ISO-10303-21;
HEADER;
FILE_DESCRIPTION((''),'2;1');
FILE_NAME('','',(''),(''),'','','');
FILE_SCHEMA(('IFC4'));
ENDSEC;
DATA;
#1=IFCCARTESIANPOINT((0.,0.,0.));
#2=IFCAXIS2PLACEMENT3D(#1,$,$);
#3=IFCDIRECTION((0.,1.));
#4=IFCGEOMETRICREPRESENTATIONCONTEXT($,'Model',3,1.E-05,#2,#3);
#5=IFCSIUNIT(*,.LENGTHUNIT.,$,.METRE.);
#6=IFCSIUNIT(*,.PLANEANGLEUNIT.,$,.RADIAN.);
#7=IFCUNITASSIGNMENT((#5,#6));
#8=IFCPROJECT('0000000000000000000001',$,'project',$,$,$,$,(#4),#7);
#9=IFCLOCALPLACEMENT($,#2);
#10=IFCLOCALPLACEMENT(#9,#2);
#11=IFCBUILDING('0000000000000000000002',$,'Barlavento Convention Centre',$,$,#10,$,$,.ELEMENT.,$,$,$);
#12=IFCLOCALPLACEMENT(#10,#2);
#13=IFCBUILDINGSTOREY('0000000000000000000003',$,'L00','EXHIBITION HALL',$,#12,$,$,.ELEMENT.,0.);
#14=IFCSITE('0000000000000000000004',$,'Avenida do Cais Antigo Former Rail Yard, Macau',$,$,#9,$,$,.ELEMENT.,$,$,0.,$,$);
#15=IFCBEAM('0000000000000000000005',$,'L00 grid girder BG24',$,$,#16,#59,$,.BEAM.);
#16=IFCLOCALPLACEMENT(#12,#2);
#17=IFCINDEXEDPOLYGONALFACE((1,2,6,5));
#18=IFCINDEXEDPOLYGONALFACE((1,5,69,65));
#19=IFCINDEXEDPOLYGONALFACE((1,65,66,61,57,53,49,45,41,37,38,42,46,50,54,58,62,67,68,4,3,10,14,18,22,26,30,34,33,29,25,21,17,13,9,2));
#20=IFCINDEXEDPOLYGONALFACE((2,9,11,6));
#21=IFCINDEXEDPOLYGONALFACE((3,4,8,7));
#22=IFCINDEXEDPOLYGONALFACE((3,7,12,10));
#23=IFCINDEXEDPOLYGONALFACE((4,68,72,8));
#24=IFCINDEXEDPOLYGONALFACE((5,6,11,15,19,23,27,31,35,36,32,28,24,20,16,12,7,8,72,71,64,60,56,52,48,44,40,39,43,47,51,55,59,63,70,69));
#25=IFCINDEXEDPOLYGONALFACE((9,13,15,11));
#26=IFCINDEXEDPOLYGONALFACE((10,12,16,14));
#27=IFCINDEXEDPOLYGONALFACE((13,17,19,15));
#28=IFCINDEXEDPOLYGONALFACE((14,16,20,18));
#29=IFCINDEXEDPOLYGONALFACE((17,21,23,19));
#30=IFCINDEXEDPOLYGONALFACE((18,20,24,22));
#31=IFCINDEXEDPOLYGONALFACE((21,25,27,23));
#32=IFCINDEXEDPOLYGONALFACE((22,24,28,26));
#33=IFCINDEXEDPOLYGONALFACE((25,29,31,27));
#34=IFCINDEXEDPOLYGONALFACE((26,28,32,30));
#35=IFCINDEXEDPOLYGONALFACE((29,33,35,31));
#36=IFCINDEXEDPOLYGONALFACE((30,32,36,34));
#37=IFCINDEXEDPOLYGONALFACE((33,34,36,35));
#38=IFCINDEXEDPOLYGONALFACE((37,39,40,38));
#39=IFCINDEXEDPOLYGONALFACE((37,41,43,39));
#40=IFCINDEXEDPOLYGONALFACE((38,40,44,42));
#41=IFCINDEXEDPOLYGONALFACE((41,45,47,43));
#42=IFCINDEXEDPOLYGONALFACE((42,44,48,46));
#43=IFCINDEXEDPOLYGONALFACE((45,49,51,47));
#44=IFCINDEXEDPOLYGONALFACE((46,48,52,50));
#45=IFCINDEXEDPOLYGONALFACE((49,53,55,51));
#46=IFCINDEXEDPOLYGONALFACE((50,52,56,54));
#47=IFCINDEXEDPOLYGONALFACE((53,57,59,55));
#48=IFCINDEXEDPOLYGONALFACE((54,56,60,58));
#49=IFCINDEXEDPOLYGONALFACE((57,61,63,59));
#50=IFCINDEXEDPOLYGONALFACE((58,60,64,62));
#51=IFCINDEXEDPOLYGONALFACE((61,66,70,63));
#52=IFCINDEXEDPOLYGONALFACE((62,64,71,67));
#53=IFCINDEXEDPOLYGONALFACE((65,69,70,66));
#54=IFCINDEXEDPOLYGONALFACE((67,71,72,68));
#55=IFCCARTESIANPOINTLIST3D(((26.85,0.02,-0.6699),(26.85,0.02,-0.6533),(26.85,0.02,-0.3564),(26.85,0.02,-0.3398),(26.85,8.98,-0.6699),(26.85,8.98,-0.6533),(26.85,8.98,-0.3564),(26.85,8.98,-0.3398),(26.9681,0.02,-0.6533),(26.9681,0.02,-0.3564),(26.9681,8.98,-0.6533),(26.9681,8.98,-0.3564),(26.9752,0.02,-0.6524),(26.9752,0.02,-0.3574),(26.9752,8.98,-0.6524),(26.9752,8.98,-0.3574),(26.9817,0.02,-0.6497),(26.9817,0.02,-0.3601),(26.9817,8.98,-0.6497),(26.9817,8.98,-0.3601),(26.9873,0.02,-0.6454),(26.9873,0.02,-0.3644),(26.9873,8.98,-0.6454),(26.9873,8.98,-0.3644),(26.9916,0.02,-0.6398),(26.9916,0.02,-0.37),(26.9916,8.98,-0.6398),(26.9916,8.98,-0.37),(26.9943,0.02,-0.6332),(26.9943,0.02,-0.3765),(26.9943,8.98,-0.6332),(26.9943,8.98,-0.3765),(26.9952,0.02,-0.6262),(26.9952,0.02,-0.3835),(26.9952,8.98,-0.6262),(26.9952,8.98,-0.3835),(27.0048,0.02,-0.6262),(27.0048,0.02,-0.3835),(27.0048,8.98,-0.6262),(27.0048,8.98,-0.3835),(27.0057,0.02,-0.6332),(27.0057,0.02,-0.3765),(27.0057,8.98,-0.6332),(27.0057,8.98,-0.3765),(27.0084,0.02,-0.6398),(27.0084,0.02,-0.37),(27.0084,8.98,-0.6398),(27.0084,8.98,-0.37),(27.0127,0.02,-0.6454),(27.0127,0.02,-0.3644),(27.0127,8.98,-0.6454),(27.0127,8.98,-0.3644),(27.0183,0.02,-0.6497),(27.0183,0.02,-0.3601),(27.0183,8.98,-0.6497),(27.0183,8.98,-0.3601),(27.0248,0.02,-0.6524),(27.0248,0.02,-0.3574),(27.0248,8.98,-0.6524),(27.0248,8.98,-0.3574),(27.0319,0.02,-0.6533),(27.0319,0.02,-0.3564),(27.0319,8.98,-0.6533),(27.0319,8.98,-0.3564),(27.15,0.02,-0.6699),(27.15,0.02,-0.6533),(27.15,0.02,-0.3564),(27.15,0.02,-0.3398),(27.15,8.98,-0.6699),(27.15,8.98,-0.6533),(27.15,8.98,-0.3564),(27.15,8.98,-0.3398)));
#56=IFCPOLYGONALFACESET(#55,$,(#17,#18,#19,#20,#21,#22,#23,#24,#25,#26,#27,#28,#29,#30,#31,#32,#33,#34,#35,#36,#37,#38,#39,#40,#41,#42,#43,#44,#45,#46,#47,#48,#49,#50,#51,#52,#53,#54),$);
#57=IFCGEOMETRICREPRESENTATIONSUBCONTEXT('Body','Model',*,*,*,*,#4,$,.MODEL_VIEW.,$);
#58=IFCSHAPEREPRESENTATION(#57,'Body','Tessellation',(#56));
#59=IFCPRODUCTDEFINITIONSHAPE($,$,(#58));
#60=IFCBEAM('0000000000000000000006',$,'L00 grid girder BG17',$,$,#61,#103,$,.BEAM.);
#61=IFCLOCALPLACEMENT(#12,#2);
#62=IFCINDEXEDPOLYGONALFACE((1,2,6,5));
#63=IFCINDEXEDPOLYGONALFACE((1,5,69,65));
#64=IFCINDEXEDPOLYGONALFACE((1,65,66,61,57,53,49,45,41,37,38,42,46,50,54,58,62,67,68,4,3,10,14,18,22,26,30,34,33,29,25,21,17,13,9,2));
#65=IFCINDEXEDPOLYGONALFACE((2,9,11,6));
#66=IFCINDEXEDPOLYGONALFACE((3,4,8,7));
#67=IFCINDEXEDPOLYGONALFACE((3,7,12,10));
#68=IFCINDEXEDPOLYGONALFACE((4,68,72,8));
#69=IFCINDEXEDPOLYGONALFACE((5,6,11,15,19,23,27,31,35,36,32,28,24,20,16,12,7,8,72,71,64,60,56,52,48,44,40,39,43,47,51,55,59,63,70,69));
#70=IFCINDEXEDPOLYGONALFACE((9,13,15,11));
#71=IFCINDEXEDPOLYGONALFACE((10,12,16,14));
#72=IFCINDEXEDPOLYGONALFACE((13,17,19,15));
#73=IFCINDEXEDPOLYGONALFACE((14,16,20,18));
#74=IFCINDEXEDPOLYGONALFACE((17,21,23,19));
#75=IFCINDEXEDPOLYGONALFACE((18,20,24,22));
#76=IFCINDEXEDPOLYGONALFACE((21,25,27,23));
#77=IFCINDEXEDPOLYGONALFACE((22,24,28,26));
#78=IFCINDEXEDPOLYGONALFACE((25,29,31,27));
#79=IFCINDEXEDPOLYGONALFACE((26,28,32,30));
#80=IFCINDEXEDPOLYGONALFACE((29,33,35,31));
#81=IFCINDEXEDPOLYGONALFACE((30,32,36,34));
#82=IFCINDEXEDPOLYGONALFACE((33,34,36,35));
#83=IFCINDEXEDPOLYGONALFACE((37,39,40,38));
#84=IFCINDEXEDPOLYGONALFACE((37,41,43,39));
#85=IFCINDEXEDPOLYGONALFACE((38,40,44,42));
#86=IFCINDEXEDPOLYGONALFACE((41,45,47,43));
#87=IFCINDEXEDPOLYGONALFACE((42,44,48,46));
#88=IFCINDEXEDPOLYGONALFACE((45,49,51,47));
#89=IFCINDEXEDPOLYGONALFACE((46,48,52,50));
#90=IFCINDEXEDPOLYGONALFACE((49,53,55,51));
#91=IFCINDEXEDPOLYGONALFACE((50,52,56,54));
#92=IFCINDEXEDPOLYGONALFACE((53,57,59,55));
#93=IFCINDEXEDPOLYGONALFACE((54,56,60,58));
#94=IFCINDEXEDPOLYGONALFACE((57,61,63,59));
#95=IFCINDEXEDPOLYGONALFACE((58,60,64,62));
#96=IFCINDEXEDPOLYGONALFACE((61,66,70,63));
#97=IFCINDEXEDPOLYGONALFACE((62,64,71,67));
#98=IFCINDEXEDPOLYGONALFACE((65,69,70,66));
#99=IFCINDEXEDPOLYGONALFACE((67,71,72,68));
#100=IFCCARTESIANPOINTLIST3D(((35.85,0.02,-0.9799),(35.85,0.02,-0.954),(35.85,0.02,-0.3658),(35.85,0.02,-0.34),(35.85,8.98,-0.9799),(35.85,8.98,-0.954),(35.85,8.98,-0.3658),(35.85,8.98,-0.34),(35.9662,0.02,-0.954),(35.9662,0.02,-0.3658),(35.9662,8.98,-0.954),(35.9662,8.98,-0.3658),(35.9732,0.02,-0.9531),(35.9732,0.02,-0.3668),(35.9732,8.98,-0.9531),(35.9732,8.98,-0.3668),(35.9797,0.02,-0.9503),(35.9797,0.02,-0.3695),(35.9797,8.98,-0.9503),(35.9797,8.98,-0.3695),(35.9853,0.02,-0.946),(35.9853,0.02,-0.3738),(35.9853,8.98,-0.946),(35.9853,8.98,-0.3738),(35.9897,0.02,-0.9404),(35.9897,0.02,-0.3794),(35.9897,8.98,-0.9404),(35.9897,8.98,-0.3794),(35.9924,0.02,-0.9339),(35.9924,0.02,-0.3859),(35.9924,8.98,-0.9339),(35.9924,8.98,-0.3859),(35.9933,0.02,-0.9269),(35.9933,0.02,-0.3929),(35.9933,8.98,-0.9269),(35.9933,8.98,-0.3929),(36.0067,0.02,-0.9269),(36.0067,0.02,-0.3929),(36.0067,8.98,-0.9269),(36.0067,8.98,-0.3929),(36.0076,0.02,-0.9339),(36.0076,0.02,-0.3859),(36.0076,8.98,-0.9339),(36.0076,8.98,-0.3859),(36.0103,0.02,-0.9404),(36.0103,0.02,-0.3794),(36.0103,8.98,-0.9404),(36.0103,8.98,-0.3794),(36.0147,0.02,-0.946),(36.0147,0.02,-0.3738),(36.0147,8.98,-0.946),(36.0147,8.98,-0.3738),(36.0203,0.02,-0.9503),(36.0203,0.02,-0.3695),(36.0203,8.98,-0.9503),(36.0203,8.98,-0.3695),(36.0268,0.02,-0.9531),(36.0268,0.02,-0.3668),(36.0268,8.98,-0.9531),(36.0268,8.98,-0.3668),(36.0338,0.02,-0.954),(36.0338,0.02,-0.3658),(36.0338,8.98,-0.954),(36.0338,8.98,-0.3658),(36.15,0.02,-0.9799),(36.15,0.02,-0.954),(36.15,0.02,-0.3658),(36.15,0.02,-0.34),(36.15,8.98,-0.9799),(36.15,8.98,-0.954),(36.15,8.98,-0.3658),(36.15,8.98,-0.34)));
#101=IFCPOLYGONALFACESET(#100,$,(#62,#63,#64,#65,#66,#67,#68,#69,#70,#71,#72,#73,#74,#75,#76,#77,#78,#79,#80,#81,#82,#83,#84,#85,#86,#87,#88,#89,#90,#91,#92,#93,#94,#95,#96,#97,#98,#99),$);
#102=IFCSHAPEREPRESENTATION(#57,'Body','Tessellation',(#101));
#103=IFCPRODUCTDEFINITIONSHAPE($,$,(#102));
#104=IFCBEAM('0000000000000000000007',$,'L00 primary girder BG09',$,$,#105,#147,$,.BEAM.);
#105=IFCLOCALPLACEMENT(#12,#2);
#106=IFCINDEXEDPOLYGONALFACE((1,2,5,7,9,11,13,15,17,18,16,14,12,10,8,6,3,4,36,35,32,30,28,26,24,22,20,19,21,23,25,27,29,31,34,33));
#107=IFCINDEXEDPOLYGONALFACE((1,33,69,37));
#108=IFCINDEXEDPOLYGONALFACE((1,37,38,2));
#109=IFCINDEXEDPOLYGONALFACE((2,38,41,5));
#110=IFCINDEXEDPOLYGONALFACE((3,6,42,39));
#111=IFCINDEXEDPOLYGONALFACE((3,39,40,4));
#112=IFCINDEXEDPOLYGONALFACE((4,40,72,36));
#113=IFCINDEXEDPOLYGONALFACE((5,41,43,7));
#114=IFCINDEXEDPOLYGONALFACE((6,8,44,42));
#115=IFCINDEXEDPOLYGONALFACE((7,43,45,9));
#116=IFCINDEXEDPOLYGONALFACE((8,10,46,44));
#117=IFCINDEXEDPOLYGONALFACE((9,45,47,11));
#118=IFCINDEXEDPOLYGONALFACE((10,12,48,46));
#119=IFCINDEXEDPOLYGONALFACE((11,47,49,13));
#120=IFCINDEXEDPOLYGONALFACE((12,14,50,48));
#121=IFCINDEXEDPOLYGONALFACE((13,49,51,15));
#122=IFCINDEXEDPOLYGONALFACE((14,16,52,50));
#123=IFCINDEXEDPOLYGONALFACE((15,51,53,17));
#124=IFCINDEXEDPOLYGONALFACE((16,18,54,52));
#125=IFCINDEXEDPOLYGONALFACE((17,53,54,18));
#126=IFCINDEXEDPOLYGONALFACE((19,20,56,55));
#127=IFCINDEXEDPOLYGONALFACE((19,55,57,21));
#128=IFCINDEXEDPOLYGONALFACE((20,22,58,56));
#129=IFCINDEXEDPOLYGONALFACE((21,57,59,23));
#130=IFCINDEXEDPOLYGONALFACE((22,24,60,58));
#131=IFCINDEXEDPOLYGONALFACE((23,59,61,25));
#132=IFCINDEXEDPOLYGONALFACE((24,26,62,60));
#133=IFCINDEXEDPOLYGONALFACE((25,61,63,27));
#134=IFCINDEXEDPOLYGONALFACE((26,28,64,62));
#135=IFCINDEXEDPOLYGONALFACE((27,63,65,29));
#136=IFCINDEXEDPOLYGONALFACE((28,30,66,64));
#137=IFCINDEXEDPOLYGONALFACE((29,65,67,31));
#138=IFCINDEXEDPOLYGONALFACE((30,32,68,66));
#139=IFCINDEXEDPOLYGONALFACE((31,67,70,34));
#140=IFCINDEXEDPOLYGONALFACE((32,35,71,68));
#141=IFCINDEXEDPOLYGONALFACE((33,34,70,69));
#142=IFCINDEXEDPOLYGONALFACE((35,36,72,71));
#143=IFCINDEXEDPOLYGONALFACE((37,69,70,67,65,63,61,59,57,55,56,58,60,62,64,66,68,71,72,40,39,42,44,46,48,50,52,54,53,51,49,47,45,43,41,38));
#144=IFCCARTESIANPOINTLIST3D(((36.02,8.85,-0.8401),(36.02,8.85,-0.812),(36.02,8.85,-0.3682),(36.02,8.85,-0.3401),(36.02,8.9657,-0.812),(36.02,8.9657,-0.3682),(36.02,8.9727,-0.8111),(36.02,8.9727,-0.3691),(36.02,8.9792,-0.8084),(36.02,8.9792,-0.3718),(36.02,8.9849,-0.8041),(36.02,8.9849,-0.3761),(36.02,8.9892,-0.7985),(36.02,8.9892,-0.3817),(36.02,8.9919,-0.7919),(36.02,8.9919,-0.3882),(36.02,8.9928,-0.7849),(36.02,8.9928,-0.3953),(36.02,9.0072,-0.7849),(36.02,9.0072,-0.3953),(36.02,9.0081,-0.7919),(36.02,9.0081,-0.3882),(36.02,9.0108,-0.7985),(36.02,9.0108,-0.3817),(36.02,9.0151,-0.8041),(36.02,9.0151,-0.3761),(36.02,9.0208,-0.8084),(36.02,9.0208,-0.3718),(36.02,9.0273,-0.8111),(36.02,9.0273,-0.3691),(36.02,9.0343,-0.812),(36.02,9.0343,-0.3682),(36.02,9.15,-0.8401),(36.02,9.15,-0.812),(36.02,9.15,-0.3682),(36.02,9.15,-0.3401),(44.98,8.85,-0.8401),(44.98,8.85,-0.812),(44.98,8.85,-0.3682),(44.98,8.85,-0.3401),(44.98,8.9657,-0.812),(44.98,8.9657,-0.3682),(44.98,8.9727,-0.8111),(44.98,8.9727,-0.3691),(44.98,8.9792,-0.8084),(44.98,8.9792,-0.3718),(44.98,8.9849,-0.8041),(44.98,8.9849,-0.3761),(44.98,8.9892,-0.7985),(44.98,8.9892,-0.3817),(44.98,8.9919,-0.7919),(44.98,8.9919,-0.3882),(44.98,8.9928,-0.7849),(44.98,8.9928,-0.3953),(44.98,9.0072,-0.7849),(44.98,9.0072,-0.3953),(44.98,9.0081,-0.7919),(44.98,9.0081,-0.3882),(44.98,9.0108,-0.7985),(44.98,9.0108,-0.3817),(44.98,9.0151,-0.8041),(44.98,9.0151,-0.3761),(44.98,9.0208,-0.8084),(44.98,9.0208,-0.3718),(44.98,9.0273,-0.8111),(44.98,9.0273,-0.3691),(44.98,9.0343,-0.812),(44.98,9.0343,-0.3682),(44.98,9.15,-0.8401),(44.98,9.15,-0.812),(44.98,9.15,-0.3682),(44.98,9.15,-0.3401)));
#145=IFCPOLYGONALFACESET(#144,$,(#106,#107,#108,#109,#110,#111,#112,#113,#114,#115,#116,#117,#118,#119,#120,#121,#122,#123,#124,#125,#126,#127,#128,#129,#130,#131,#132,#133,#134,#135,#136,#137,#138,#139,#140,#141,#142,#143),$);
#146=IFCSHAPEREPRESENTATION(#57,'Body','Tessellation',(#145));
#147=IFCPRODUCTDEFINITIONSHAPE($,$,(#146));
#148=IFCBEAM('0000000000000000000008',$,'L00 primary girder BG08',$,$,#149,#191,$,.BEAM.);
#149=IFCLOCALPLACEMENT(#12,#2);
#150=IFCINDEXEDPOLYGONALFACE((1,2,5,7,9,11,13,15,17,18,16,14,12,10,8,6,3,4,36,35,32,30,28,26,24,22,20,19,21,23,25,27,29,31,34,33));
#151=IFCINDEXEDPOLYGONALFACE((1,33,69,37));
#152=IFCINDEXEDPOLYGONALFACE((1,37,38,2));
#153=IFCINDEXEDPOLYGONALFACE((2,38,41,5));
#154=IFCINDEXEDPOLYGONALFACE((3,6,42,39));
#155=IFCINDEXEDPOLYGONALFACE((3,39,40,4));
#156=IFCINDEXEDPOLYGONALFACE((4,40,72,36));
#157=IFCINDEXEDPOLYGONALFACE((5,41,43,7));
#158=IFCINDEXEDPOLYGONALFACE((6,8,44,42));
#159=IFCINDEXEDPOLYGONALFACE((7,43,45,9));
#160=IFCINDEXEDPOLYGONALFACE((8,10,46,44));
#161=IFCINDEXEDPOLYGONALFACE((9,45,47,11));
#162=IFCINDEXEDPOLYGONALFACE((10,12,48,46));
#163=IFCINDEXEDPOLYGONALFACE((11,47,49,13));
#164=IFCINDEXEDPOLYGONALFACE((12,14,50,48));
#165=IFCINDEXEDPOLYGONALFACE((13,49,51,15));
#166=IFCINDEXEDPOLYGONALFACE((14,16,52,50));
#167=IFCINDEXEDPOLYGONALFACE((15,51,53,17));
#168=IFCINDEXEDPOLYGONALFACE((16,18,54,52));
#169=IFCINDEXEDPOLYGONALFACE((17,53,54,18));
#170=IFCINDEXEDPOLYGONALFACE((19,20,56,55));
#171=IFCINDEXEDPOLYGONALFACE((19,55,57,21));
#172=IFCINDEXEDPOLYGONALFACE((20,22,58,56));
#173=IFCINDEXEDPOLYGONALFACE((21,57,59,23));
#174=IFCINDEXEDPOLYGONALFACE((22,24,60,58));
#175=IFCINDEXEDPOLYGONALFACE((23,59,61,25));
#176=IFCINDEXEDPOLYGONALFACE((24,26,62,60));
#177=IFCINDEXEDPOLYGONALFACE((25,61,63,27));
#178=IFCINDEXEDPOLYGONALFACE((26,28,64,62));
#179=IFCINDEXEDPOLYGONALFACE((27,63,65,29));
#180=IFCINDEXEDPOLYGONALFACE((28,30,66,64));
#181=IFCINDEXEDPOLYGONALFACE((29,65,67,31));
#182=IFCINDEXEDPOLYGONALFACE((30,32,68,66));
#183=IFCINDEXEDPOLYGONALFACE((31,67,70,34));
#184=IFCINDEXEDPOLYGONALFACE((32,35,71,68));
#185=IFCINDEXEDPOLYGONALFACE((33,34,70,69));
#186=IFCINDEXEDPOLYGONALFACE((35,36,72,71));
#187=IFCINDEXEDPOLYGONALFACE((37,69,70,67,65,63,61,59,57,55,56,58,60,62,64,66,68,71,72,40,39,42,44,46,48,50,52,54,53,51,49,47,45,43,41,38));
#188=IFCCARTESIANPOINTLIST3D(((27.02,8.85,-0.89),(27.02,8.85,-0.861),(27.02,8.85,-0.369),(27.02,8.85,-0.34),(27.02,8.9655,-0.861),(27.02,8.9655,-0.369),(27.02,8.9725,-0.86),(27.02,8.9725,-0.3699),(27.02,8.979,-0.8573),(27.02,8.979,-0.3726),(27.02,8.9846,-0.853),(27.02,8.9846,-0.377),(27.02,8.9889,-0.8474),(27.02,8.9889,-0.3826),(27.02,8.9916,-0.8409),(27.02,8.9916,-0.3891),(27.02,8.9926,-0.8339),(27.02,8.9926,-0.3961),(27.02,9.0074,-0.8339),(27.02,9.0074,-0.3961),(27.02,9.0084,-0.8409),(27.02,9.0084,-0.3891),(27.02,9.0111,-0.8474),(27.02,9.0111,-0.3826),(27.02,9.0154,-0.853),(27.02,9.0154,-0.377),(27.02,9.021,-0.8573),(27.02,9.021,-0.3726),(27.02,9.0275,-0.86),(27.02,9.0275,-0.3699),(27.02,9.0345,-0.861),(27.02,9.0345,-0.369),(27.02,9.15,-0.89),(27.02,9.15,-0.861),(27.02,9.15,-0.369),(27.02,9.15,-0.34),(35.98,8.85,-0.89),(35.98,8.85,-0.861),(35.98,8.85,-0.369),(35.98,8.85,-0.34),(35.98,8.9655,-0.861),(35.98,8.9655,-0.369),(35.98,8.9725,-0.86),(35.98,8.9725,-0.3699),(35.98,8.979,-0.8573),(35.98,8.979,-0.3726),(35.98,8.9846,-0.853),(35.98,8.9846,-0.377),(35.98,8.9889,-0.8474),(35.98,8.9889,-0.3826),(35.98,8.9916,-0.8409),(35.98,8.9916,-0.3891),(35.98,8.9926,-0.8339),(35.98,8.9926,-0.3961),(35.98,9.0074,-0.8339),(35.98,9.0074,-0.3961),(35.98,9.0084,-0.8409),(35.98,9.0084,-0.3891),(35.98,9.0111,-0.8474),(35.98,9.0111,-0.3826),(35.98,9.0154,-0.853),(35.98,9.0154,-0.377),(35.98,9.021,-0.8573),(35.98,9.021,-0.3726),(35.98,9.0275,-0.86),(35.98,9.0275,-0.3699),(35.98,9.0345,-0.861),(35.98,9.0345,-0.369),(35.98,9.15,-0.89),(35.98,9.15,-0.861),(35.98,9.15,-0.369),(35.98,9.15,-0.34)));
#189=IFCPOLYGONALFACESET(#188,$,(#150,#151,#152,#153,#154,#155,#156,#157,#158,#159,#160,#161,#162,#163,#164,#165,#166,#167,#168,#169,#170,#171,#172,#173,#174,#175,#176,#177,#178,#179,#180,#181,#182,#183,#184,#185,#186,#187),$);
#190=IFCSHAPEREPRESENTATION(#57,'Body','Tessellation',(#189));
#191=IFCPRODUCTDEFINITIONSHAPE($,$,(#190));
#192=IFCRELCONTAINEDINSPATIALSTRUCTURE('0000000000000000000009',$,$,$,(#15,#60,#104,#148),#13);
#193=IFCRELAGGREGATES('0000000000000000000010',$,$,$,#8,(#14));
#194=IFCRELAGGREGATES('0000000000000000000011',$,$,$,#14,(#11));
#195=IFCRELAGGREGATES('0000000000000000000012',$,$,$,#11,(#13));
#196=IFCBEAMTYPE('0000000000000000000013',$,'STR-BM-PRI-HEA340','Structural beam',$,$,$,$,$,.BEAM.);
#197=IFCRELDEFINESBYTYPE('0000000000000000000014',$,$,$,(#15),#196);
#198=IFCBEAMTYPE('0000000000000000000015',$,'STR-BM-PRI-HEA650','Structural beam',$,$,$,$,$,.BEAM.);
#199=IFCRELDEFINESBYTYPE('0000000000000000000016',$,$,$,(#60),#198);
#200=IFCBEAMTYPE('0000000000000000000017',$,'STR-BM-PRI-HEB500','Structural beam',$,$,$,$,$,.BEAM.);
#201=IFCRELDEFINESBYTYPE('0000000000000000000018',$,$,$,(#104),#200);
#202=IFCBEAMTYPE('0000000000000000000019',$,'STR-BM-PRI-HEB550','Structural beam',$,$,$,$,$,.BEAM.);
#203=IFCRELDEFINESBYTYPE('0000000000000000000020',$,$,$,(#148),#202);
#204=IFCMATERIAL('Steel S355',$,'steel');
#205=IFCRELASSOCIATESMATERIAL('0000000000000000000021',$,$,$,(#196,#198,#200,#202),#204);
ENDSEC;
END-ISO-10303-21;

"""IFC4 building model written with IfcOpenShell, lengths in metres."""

from ifc_helpers import new_model, si_unit, direction, frame, origin, origin_2d, place, context, subcontext, project, spatial, i_section, extrude, material, material_profile, profile_set, type_object, element, save


model = new_model("IFC4")

# Units and contexts
model_context = context("Model", 3, precision=1e-05, world=origin(), true_north=direction((0.0, 1.0)))
body_context = subcontext(model_context, "Body", "Model", "MODEL_VIEW")
ifc_project = project(units=[si_unit("LENGTHUNIT", "METRE"), si_unit("PLANEANGLEUNIT", "RADIAN")], contexts=[model_context])

# Site, building, storey
site_placement = place(None, origin())
site = spatial("IfcSite", under=ifc_project, at=site_placement, Name="Avenida do Cais Antigo Former Rail Yard, Macau", CompositionType="ELEMENT", RefElevation=0.0)
building_placement = place(site_placement, origin())
building = spatial("IfcBuilding", under=site, at=building_placement, Name="Barlavento Convention Centre", CompositionType="ELEMENT")
storey_placement = place(building_placement, origin())
storey = spatial("IfcBuildingStorey", under=building, at=storey_placement, Name="L00", Description="EXHIBITION HALL", CompositionType="ELEMENT", Elevation=0.0)

# Beams
ifc_material_1 = material(Name="Steel S355", Category="steel")
ifc_material_profile_1 = material_profile(ifc_material_1, i_section(OverallWidth=0.3, OverallDepth=0.3301, WebThickness=0.0095, FlangeThickness=0.0166, FilletRadius=0.0271, at=origin_2d()), Name="HEA 340")
ifc_profile_set_1 = profile_set([ifc_material_profile_1], Name="Steel S355")
beam_type_1 = type_object("IfcBeamType", Name="STR-BM-PRI-HEA340", Description="Structural beam", PredefinedType="BEAM", material=ifc_profile_set_1)
beam_1_placement = place(storey_placement, frame((27.0, 0.02, -0.5049), z_axis=(0.0, 1.0, 0.0), x_axis=(-1.0, 0.0, 0.0)))
element("IfcBeam", 1, at=beam_1_placement, inside=storey, type_object=beam_type_1, Name="L00 grid girder BG24", PredefinedType="BEAM", context=body_context, shape_type="SweptSolid", body=[
    extrude(i_section(OverallWidth=0.3, OverallDepth=0.3301, WebThickness=0.0095, FlangeThickness=0.0166, FilletRadius=0.0271, at=origin_2d()), origin(), (0.0, 0.0, 1.0), 8.96),
])
ifc_material_profile_2 = material_profile(ifc_material_1, i_section(OverallWidth=0.3, OverallDepth=0.6399, WebThickness=0.0134, FlangeThickness=0.0259, FilletRadius=0.0271, at=origin_2d()), Name="HEA 650")
ifc_profile_set_2 = profile_set([ifc_material_profile_2], Name="Steel S355")
beam_type_2 = type_object("IfcBeamType", Name="STR-BM-PRI-HEA650", Description="Structural beam", PredefinedType="BEAM", material=ifc_profile_set_2)
beam_2_placement = place(storey_placement, frame((36.0, 0.02, -0.6599), z_axis=(0.0, 1.0, 0.0), x_axis=(-1.0, 0.0, 0.0)))
element("IfcBeam", 2, at=beam_2_placement, inside=storey, type_object=beam_type_2, Name="L00 grid girder BG17", PredefinedType="BEAM", context=body_context, shape_type="SweptSolid", body=[
    extrude(i_section(OverallWidth=0.3, OverallDepth=0.6399, WebThickness=0.0134, FlangeThickness=0.0259, FilletRadius=0.0271, at=origin_2d()), origin(), (0.0, 0.0, 1.0), 8.96),
])
ifc_material_profile_3 = material_profile(ifc_material_1, i_section(OverallWidth=0.3, OverallDepth=0.5, WebThickness=0.0144, FlangeThickness=0.0281, FilletRadius=0.0271, at=origin_2d()), Name="HEB 500")
ifc_profile_set_3 = profile_set([ifc_material_profile_3], Name="Steel S355")
beam_type_3 = type_object("IfcBeamType", Name="STR-BM-PRI-HEB500", Description="Structural beam", PredefinedType="BEAM", material=ifc_profile_set_3)
beam_3_placement = place(storey_placement, frame((36.02, 9.0, -0.5901), z_axis=(1.0, 0.0, 0.0), x_axis=(0.0, 1.0, 0.0)))
element("IfcBeam", 3, at=beam_3_placement, inside=storey, type_object=beam_type_3, Name="L00 primary girder BG09", PredefinedType="BEAM", context=body_context, shape_type="SweptSolid", body=[
    extrude(i_section(OverallWidth=0.3, OverallDepth=0.5, WebThickness=0.0144, FlangeThickness=0.0281, FilletRadius=0.0271, at=origin_2d()), origin(), (0.0, 0.0, 1.0), 8.96),
])
ifc_material_profile_4 = material_profile(ifc_material_1, i_section(OverallWidth=0.3, OverallDepth=0.55, WebThickness=0.0149, FlangeThickness=0.0291, FilletRadius=0.0271, at=origin_2d()), Name="HEB 550")
ifc_profile_set_4 = profile_set([ifc_material_profile_4], Name="Steel S355")
beam_type_4 = type_object("IfcBeamType", Name="STR-BM-PRI-HEB550", Description="Structural beam", PredefinedType="BEAM", material=ifc_profile_set_4)
beam_4_placement = place(storey_placement, frame((27.02, 9.0, -0.615), z_axis=(1.0, 0.0, 0.0), x_axis=(0.0, 1.0, 0.0)))
element("IfcBeam", 4, at=beam_4_placement, inside=storey, type_object=beam_type_4, Name="L00 primary girder BG08", PredefinedType="BEAM", context=body_context, shape_type="SweptSolid", body=[
    extrude(i_section(OverallWidth=0.3, OverallDepth=0.55, WebThickness=0.0149, FlangeThickness=0.0291, FilletRadius=0.0271, at=origin_2d()), origin(), (0.0, 0.0, 1.0), 8.96),
])

save(model, "model.ifc")
